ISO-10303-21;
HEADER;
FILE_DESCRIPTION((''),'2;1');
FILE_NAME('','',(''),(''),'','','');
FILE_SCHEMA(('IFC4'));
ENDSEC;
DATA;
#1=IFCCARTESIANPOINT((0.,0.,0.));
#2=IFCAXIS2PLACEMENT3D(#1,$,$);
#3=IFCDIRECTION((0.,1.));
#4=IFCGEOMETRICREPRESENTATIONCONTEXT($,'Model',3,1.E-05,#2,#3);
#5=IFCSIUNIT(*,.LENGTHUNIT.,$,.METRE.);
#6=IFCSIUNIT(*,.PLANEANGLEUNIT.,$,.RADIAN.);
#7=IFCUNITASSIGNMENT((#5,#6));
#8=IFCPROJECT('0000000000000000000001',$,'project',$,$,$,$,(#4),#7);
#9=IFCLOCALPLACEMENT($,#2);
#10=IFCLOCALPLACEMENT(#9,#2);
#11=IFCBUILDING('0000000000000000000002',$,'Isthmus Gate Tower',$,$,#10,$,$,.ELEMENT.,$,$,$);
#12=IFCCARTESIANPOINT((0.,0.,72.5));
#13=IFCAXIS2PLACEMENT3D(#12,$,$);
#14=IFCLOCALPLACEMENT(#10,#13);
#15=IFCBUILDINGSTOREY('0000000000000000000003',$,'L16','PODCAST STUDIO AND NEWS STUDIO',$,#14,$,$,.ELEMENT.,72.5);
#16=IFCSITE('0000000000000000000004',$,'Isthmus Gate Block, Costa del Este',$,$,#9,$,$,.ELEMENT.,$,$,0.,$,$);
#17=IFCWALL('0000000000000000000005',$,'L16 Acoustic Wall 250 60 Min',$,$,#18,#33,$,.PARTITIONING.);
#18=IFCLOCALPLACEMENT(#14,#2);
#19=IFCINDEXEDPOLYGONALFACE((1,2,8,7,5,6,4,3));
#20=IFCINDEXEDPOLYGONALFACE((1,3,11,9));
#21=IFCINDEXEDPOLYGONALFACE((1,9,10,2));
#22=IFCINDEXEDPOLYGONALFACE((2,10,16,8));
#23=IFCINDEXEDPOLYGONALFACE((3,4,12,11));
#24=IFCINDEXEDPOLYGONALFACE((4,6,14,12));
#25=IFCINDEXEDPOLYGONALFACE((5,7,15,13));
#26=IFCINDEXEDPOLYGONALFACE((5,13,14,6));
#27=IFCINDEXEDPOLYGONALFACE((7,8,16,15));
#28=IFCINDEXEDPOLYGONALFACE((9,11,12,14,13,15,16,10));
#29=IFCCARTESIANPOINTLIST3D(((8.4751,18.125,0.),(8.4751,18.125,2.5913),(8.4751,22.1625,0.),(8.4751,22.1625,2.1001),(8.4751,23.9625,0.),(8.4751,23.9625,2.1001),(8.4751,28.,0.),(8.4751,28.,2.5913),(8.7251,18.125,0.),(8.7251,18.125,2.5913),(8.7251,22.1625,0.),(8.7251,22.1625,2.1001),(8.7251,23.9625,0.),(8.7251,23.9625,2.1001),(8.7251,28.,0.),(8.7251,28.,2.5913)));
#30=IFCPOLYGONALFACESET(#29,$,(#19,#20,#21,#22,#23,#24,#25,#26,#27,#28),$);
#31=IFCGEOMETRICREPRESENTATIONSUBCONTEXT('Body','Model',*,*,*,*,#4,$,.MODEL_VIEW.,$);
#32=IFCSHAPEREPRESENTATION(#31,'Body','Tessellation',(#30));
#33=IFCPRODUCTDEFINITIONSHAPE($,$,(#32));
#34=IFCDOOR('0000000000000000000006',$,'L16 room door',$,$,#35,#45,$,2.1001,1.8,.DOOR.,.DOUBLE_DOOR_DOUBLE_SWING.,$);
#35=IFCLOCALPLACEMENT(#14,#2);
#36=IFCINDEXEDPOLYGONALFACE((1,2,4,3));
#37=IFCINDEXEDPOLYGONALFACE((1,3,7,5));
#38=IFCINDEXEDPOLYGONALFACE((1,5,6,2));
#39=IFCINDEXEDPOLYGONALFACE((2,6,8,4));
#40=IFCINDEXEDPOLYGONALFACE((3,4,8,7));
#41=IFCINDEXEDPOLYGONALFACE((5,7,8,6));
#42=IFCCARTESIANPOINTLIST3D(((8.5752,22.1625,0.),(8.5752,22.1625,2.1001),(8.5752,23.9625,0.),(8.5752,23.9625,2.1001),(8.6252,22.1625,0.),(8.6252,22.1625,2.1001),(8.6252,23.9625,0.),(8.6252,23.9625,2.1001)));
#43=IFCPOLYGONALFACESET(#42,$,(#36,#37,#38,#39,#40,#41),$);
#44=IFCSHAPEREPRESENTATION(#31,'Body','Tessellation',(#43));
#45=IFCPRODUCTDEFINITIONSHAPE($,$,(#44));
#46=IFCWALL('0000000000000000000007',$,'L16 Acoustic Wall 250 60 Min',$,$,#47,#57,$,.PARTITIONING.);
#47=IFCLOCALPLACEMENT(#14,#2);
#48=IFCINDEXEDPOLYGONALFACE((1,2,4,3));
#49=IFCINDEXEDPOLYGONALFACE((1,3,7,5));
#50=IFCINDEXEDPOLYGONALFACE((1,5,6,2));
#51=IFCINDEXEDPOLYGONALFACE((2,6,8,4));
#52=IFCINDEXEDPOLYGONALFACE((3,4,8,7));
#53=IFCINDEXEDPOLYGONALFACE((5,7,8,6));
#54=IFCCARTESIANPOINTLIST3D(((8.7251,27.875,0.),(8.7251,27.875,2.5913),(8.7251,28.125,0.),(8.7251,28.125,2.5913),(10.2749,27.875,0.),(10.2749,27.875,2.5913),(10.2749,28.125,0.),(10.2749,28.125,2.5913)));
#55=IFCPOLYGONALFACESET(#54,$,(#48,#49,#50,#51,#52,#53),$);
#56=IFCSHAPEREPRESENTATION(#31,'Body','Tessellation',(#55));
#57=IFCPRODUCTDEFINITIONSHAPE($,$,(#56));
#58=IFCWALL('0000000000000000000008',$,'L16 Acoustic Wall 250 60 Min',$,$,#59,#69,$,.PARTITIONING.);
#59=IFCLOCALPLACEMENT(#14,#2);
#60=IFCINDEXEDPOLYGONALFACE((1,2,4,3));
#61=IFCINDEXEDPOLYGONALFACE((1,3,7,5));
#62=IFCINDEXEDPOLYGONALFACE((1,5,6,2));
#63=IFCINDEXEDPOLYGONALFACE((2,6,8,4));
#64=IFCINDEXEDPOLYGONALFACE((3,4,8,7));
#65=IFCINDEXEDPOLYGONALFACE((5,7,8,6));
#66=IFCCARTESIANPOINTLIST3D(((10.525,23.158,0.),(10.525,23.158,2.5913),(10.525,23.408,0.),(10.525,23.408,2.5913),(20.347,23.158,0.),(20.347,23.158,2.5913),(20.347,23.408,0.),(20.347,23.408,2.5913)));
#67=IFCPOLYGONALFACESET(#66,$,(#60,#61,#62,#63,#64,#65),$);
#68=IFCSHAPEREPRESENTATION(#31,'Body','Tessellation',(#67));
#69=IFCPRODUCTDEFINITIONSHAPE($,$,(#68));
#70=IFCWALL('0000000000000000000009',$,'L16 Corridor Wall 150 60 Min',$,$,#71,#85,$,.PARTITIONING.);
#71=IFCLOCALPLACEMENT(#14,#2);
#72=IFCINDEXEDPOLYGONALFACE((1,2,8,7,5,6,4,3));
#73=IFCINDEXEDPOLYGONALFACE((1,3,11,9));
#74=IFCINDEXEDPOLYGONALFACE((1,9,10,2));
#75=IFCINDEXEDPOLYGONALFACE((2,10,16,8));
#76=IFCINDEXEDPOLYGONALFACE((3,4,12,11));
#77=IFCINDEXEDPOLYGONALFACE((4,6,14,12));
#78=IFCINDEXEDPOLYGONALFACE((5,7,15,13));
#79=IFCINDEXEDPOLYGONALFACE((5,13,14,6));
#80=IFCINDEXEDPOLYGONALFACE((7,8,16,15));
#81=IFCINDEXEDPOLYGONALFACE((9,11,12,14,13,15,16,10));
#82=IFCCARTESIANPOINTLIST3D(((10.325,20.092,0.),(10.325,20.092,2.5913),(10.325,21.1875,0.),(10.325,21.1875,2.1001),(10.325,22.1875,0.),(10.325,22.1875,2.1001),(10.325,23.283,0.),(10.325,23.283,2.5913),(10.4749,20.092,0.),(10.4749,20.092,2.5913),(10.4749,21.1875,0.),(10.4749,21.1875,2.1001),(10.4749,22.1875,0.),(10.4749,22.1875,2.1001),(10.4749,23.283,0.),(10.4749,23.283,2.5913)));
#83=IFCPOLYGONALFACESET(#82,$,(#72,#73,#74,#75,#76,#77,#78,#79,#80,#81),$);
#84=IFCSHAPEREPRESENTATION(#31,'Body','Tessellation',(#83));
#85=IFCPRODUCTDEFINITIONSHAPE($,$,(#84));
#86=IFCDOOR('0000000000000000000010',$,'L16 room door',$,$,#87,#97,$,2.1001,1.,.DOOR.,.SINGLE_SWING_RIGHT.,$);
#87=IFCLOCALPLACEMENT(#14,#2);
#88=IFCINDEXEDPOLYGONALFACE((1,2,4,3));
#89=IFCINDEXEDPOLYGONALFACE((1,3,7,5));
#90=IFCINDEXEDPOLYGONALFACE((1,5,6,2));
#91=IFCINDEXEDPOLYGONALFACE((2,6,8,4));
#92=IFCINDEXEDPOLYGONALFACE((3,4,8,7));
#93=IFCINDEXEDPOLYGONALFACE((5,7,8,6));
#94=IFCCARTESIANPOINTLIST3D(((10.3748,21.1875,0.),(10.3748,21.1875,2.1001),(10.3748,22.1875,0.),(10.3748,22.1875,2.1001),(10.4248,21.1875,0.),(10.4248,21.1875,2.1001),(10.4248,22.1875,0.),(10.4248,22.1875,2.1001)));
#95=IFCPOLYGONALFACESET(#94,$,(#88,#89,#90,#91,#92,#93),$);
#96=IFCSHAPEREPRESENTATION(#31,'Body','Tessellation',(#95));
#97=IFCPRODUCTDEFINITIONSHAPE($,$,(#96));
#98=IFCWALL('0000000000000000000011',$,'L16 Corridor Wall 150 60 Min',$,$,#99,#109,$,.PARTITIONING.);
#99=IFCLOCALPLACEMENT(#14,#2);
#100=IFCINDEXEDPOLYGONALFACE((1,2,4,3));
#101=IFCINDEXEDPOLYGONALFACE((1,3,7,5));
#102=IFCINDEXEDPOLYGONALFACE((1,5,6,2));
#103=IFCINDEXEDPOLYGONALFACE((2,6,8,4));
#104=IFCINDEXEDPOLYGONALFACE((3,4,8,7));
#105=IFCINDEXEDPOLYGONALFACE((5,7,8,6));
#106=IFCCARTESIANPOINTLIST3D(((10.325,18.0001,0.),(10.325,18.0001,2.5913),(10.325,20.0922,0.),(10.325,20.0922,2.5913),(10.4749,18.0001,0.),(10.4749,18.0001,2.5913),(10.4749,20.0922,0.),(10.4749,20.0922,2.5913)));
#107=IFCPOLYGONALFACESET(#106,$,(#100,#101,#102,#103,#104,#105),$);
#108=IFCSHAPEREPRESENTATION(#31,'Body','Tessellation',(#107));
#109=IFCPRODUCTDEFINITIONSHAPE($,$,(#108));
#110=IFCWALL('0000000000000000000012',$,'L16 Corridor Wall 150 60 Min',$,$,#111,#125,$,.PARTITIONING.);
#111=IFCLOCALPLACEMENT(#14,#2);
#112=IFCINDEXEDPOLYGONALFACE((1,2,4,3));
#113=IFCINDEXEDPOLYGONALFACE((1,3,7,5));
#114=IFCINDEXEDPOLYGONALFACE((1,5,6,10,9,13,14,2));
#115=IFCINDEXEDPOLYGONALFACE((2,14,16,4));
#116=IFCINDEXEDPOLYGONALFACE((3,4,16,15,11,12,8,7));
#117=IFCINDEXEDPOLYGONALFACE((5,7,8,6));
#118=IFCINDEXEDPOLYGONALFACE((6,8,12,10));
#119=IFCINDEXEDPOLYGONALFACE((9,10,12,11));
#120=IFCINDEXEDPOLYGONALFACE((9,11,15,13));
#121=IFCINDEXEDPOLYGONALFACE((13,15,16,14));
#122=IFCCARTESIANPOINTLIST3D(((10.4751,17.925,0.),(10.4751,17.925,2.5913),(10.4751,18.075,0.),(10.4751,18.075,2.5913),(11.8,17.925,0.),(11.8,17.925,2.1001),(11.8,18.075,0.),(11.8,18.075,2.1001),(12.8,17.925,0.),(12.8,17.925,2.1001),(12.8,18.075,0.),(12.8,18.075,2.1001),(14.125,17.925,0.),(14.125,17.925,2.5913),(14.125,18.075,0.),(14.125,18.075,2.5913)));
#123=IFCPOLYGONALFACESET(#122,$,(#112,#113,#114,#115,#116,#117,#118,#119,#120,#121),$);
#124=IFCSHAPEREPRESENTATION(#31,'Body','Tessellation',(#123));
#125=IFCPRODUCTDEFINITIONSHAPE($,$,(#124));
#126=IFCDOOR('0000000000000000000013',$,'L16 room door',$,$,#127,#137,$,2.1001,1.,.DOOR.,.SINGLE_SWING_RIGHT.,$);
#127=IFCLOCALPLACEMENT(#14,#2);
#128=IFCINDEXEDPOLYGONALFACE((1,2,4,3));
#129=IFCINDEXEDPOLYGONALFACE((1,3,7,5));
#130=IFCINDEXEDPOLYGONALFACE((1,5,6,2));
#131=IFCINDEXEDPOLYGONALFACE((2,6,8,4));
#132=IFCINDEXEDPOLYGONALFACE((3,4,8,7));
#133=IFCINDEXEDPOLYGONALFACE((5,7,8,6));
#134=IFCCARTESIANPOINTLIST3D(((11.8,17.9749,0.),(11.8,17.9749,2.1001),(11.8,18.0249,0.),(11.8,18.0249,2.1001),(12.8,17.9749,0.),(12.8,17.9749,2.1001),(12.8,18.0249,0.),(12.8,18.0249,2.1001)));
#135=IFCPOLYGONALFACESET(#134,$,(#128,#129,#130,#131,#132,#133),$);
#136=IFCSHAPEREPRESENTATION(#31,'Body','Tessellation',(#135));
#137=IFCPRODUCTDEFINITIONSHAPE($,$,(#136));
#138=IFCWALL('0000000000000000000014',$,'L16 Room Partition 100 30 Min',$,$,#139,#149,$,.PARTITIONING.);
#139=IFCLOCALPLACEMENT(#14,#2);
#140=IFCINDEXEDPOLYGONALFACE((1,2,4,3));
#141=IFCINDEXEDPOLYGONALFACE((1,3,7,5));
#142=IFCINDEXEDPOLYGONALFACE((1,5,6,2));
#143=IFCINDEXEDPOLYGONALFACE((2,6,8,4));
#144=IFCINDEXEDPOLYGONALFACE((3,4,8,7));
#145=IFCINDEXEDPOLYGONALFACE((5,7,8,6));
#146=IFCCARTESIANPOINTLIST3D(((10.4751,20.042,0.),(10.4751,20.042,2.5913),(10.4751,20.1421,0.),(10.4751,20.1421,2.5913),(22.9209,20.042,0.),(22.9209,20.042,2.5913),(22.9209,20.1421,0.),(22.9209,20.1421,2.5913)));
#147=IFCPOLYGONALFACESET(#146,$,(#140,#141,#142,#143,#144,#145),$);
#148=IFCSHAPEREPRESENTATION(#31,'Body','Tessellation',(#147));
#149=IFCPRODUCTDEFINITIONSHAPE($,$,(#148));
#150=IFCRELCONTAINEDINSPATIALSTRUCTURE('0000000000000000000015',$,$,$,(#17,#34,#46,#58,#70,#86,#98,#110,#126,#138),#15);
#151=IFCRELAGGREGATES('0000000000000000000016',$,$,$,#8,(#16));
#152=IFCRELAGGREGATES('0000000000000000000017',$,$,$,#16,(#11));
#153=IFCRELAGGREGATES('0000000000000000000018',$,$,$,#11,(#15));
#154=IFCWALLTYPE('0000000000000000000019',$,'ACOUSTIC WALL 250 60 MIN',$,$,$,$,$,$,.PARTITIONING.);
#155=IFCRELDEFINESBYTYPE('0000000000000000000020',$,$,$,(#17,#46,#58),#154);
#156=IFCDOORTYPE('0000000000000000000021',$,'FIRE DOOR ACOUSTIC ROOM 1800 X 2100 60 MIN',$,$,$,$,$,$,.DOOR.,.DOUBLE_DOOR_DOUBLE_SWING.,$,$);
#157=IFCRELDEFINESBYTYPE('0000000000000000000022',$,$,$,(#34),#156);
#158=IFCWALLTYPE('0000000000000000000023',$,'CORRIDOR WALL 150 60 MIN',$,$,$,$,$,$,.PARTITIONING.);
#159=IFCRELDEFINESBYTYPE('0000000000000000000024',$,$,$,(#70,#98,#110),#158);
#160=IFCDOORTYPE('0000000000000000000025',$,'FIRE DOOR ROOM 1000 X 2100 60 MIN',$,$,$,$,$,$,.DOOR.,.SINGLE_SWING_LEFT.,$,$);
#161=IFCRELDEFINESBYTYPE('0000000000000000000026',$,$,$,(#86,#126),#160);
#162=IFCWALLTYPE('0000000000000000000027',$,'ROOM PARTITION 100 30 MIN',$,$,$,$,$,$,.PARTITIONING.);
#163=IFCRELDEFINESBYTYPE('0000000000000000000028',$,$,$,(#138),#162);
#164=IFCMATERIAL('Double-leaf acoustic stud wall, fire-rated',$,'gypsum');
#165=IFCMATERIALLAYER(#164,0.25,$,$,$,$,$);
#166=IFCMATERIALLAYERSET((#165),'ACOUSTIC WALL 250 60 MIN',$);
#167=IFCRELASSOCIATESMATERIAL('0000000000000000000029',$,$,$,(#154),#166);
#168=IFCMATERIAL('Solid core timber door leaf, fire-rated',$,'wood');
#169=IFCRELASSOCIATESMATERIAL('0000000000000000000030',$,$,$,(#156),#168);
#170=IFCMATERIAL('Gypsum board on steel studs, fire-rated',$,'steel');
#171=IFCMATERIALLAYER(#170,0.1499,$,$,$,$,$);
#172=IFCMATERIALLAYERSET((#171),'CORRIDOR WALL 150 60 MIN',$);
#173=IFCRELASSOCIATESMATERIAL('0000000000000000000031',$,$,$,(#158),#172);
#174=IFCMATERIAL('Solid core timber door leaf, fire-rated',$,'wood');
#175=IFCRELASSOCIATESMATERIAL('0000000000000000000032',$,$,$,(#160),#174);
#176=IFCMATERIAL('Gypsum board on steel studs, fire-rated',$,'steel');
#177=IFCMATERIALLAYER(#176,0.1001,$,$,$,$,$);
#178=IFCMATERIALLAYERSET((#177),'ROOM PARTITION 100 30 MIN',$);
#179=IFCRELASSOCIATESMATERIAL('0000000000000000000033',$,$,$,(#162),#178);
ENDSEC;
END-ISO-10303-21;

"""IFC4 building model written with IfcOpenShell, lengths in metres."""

from ifc_helpers import new_model, si_unit, direction, frame, frame_2d, origin, place, context, subcontext, project, spatial, rectangle, extrude, material, layer, layer_set, type_object, element, fill, save


model = new_model("IFC4")

# Units and contexts
model_context = context("Model", 3, precision=1e-05, world=origin(), true_north=direction((0.0, 1.0)))
body_context = subcontext(model_context, "Body", "Model", "MODEL_VIEW")
ifc_project = project(units=[si_unit("LENGTHUNIT", "METRE"), si_unit("PLANEANGLEUNIT", "RADIAN")], contexts=[model_context])

# Site, building, storey
site_placement = place(None, origin())
site = spatial("IfcSite", under=ifc_project, at=site_placement, Name="Isthmus Gate Block, Costa del Este", CompositionType="ELEMENT", RefElevation=0.0)
building_placement = place(site_placement, origin())
building = spatial("IfcBuilding", under=site, at=building_placement, Name="Isthmus Gate Tower", CompositionType="ELEMENT")
storey_placement = place(building_placement, frame((0.0, 0.0, 72.5)))
storey = spatial("IfcBuildingStorey", under=building, at=storey_placement, Name="L16", Description="PODCAST STUDIO AND NEWS STUDIO", CompositionType="ELEMENT", Elevation=72.5)

# Shared definitions
ifc_material_1 = material(Name="Double-leaf acoustic stud wall, fire-rated", Category="gypsum")
ifc_layer_1 = layer(ifc_material_1, 0.25)
ifc_layer_set_1 = layer_set([ifc_layer_1], Name="ACOUSTIC WALL 250 60 MIN")
wall_type_1 = type_object("IfcWallType", Name="ACOUSTIC WALL 250 60 MIN", PredefinedType="PARTITIONING", material=ifc_layer_set_1)

# Wall, opening, door
wall_1_placement = place(storey_placement, frame((8.6001, 18.125, 0.0), z_axis=(0.0, 0.0, 1.0), x_axis=(0.0, 1.0, 0.0)))
wall_1 = element("IfcWall", 1, at=wall_1_placement, inside=storey, type_object=wall_type_1, Name="L16 Acoustic Wall 250 60 Min", PredefinedType="PARTITIONING", context=body_context, shape_type="SweptSolid", body=[
    extrude(rectangle(XDim=9.875, YDim=0.25, at=frame_2d((4.9375, 0.0))), origin(), (0.0, 0.0, 1.0), 2.5913),
])
opening_1_placement = place(wall_1_placement, frame((4.0376, 0.0, 0.0)))
opening_1 = element("IfcOpeningElement", 2, at=opening_1_placement, cuts=wall_1, PredefinedType="OPENING", context=body_context, shape_type="SweptSolid", body=[
    extrude(rectangle(XDim=1.8, YDim=2.1001, at=frame_2d((0.8999, 1.05))), frame((0.0, 0.135, 0.0), z_axis=(0.0, -1.0, 0.0), x_axis=(1.0, 0.0, 0.0)), (0.0, 0.0, 1.0), 0.27),
])
ifc_material_2 = material(Name="Solid core timber door leaf, fire-rated", Category="wood")
door_type_1 = type_object("IfcDoorType", Name="FIRE DOOR ACOUSTIC ROOM 1800 X 2100 60 MIN", OperationType="DOUBLE_DOOR_DOUBLE_SWING", PredefinedType="DOOR", material=ifc_material_2)
door_1_placement = place(opening_1_placement, origin())
door_1 = element("IfcDoor", 3, at=door_1_placement, inside=storey, type_object=door_type_1, Name="L16 room door", OperationType="DOUBLE_DOOR_DOUBLE_SWING", OverallHeight=2.1001, OverallWidth=1.8, PredefinedType="DOOR", context=body_context, shape_type="SweptSolid", body=[
    extrude(rectangle(XDim=1.8, YDim=2.1001, at=frame_2d((0.8999, 1.05))), frame((0.0, 0.0249, 0.0), z_axis=(0.0, -1.0, 0.0), x_axis=(1.0, 0.0, 0.0)), (0.0, 0.0, 1.0), 0.05),
])
fill(opening_1, door_1)

# Walls
wall_2_placement = place(storey_placement, frame((8.7251, 28.0, 0.0), z_axis=(0.0, 0.0, 1.0), x_axis=(1.0, 0.0, 0.0)))
element("IfcWall", 4, at=wall_2_placement, inside=storey, type_object=wall_type_1, Name="L16 Acoustic Wall 250 60 Min", PredefinedType="PARTITIONING", context=body_context, shape_type="SweptSolid", body=[
    extrude(rectangle(XDim=1.5498, YDim=0.25, at=frame_2d((0.7749, 0.0))), origin(), (0.0, 0.0, 1.0), 2.5913),
])
wall_3_placement = place(storey_placement, frame((10.5249, 23.283, 0.0), z_axis=(0.0, 0.0, 1.0), x_axis=(1.0, 0.0, 0.0)))
element("IfcWall", 5, at=wall_3_placement, inside=storey, type_object=wall_type_1, Name="L16 Acoustic Wall 250 60 Min", PredefinedType="PARTITIONING", context=body_context, shape_type="SweptSolid", body=[
    extrude(rectangle(XDim=9.822, YDim=0.25, at=frame_2d((4.9111, 0.0))), origin(), (0.0, 0.0, 1.0), 2.5913),
])

# Wall, opening, door
ifc_material_3 = material(Name="Gypsum board on steel studs, fire-rated", Category="steel")
ifc_layer_2 = layer(ifc_material_3, 0.1499)
ifc_layer_set_2 = layer_set([ifc_layer_2], Name="CORRIDOR WALL 150 60 MIN")
wall_type_2 = type_object("IfcWallType", Name="CORRIDOR WALL 150 60 MIN", PredefinedType="PARTITIONING", material=ifc_layer_set_2)
wall_4_placement = place(storey_placement, frame((10.3999, 23.283, 0.0), z_axis=(0.0, 0.0, 1.0), x_axis=(0.0, -1.0, 0.0)))
wall_4 = element("IfcWall", 6, at=wall_4_placement, inside=storey, type_object=wall_type_2, Name="L16 Corridor Wall 150 60 Min", PredefinedType="PARTITIONING", context=body_context, shape_type="SweptSolid", body=[
    extrude(rectangle(XDim=3.1909, YDim=0.1499, at=frame_2d((1.5955, 0.0))), origin(), (0.0, 0.0, 1.0), 2.5913),
])
opening_2_placement = place(wall_4_placement, frame((1.0955, 0.0, 0.0)))
opening_2 = element("IfcOpeningElement", 7, at=opening_2_placement, cuts=wall_4, PredefinedType="OPENING", context=body_context, shape_type="SweptSolid", body=[
    extrude(rectangle(XDim=1.0, YDim=2.1001, at=frame_2d((0.5, 1.05))), frame((0.0, 0.085, 0.0), z_axis=(0.0, -1.0, 0.0), x_axis=(1.0, 0.0, 0.0)), (0.0, 0.0, 1.0), 0.1699),
])
ifc_material_4 = material(Name="Solid core timber door leaf, fire-rated", Category="wood")
door_type_2 = type_object("IfcDoorType", Name="FIRE DOOR ROOM 1000 X 2100 60 MIN", OperationType="SINGLE_SWING_LEFT", PredefinedType="DOOR", material=ifc_material_4)
door_2_placement = place(opening_2_placement, origin())
door_2 = element("IfcDoor", 8, at=door_2_placement, inside=storey, type_object=door_type_2, Name="L16 room door", OperationType="SINGLE_SWING_RIGHT", OverallHeight=2.1001, OverallWidth=1.0, PredefinedType="DOOR", context=body_context, shape_type="SweptSolid", body=[
    extrude(rectangle(XDim=1.0, YDim=2.1001, at=frame_2d((0.5, 1.05))), frame((0.0, 0.0249, 0.0), z_axis=(0.0, -1.0, 0.0), x_axis=(1.0, 0.0, 0.0)), (0.0, 0.0, 1.0), 0.05),
])
fill(opening_2, door_2)

# Wall
wall_5_placement = place(storey_placement, frame((10.3999, 20.092, 0.0), z_axis=(0.0, 0.0, 1.0), x_axis=(0.0, -1.0, 0.0)))
element("IfcWall", 9, at=wall_5_placement, inside=storey, type_object=wall_type_2, Name="L16 Corridor Wall 150 60 Min", PredefinedType="PARTITIONING", context=body_context, shape_type="SweptSolid", body=[
    extrude(rectangle(XDim=2.092, YDim=0.1499, at=frame_2d((1.0459, 0.0))), origin(), (0.0, 0.0, 1.0), 2.5913),
])

# Wall, opening, door
wall_6_placement = place(storey_placement, frame((10.4751, 18.0, 0.0), z_axis=(0.0, 0.0, 1.0), x_axis=(1.0, 0.0, 0.0)))
wall_6 = element("IfcWall", 10, at=wall_6_placement, inside=storey, type_object=wall_type_2, Name="L16 Corridor Wall 150 60 Min", PredefinedType="PARTITIONING", context=body_context, shape_type="SweptSolid", body=[
    extrude(rectangle(XDim=3.6499, YDim=0.1499, at=frame_2d((1.825, 0.0))), origin(), (0.0, 0.0, 1.0), 2.5913),
])
opening_3_placement = place(wall_6_placement, frame((1.325, 0.0, 0.0)))
opening_3 = element("IfcOpeningElement", 11, at=opening_3_placement, cuts=wall_6, PredefinedType="OPENING", context=body_context, shape_type="SweptSolid", body=[
    extrude(rectangle(XDim=1.0, YDim=2.1001, at=frame_2d((0.5, 1.05))), frame((0.0, 0.085, 0.0), z_axis=(0.0, -1.0, 0.0), x_axis=(1.0, 0.0, 0.0)), (0.0, 0.0, 1.0), 0.1699),
])
door_3_placement = place(opening_3_placement, origin())
door_3 = element("IfcDoor", 12, at=door_3_placement, inside=storey, type_object=door_type_2, Name="L16 room door", OperationType="SINGLE_SWING_RIGHT", OverallHeight=2.1001, OverallWidth=1.0, PredefinedType="DOOR", context=body_context, shape_type="SweptSolid", body=[
    extrude(rectangle(XDim=1.0, YDim=2.1001, at=frame_2d((0.5, 1.05))), frame((0.0, 0.0249, 0.0), z_axis=(0.0, -1.0, 0.0), x_axis=(1.0, 0.0, 0.0)), (0.0, 0.0, 1.0), 0.05),
])
fill(opening_3, door_3)

# Wall
ifc_material_5 = material(Name="Gypsum board on steel studs, fire-rated", Category="steel")
ifc_layer_3 = layer(ifc_material_5, 0.1001)
ifc_layer_set_3 = layer_set([ifc_layer_3], Name="ROOM PARTITION 100 30 MIN")
wall_type_3 = type_object("IfcWallType", Name="ROOM PARTITION 100 30 MIN", PredefinedType="PARTITIONING", material=ifc_layer_set_3)
wall_7_placement = place(storey_placement, frame((10.4751, 20.092, 0.0), z_axis=(0.0, 0.0, 1.0), x_axis=(1.0, 0.0, 0.0)))
element("IfcWall", 13, at=wall_7_placement, inside=storey, type_object=wall_type_3, Name="L16 Room Partition 100 30 Min", PredefinedType="PARTITIONING", context=body_context, shape_type="SweptSolid", body=[
    extrude(rectangle(XDim=12.4458, YDim=0.1001, at=frame_2d((6.2229, 0.0))), origin(), (0.0, 0.0, 1.0), 2.5913),
])

save(model, "model.ifc")
